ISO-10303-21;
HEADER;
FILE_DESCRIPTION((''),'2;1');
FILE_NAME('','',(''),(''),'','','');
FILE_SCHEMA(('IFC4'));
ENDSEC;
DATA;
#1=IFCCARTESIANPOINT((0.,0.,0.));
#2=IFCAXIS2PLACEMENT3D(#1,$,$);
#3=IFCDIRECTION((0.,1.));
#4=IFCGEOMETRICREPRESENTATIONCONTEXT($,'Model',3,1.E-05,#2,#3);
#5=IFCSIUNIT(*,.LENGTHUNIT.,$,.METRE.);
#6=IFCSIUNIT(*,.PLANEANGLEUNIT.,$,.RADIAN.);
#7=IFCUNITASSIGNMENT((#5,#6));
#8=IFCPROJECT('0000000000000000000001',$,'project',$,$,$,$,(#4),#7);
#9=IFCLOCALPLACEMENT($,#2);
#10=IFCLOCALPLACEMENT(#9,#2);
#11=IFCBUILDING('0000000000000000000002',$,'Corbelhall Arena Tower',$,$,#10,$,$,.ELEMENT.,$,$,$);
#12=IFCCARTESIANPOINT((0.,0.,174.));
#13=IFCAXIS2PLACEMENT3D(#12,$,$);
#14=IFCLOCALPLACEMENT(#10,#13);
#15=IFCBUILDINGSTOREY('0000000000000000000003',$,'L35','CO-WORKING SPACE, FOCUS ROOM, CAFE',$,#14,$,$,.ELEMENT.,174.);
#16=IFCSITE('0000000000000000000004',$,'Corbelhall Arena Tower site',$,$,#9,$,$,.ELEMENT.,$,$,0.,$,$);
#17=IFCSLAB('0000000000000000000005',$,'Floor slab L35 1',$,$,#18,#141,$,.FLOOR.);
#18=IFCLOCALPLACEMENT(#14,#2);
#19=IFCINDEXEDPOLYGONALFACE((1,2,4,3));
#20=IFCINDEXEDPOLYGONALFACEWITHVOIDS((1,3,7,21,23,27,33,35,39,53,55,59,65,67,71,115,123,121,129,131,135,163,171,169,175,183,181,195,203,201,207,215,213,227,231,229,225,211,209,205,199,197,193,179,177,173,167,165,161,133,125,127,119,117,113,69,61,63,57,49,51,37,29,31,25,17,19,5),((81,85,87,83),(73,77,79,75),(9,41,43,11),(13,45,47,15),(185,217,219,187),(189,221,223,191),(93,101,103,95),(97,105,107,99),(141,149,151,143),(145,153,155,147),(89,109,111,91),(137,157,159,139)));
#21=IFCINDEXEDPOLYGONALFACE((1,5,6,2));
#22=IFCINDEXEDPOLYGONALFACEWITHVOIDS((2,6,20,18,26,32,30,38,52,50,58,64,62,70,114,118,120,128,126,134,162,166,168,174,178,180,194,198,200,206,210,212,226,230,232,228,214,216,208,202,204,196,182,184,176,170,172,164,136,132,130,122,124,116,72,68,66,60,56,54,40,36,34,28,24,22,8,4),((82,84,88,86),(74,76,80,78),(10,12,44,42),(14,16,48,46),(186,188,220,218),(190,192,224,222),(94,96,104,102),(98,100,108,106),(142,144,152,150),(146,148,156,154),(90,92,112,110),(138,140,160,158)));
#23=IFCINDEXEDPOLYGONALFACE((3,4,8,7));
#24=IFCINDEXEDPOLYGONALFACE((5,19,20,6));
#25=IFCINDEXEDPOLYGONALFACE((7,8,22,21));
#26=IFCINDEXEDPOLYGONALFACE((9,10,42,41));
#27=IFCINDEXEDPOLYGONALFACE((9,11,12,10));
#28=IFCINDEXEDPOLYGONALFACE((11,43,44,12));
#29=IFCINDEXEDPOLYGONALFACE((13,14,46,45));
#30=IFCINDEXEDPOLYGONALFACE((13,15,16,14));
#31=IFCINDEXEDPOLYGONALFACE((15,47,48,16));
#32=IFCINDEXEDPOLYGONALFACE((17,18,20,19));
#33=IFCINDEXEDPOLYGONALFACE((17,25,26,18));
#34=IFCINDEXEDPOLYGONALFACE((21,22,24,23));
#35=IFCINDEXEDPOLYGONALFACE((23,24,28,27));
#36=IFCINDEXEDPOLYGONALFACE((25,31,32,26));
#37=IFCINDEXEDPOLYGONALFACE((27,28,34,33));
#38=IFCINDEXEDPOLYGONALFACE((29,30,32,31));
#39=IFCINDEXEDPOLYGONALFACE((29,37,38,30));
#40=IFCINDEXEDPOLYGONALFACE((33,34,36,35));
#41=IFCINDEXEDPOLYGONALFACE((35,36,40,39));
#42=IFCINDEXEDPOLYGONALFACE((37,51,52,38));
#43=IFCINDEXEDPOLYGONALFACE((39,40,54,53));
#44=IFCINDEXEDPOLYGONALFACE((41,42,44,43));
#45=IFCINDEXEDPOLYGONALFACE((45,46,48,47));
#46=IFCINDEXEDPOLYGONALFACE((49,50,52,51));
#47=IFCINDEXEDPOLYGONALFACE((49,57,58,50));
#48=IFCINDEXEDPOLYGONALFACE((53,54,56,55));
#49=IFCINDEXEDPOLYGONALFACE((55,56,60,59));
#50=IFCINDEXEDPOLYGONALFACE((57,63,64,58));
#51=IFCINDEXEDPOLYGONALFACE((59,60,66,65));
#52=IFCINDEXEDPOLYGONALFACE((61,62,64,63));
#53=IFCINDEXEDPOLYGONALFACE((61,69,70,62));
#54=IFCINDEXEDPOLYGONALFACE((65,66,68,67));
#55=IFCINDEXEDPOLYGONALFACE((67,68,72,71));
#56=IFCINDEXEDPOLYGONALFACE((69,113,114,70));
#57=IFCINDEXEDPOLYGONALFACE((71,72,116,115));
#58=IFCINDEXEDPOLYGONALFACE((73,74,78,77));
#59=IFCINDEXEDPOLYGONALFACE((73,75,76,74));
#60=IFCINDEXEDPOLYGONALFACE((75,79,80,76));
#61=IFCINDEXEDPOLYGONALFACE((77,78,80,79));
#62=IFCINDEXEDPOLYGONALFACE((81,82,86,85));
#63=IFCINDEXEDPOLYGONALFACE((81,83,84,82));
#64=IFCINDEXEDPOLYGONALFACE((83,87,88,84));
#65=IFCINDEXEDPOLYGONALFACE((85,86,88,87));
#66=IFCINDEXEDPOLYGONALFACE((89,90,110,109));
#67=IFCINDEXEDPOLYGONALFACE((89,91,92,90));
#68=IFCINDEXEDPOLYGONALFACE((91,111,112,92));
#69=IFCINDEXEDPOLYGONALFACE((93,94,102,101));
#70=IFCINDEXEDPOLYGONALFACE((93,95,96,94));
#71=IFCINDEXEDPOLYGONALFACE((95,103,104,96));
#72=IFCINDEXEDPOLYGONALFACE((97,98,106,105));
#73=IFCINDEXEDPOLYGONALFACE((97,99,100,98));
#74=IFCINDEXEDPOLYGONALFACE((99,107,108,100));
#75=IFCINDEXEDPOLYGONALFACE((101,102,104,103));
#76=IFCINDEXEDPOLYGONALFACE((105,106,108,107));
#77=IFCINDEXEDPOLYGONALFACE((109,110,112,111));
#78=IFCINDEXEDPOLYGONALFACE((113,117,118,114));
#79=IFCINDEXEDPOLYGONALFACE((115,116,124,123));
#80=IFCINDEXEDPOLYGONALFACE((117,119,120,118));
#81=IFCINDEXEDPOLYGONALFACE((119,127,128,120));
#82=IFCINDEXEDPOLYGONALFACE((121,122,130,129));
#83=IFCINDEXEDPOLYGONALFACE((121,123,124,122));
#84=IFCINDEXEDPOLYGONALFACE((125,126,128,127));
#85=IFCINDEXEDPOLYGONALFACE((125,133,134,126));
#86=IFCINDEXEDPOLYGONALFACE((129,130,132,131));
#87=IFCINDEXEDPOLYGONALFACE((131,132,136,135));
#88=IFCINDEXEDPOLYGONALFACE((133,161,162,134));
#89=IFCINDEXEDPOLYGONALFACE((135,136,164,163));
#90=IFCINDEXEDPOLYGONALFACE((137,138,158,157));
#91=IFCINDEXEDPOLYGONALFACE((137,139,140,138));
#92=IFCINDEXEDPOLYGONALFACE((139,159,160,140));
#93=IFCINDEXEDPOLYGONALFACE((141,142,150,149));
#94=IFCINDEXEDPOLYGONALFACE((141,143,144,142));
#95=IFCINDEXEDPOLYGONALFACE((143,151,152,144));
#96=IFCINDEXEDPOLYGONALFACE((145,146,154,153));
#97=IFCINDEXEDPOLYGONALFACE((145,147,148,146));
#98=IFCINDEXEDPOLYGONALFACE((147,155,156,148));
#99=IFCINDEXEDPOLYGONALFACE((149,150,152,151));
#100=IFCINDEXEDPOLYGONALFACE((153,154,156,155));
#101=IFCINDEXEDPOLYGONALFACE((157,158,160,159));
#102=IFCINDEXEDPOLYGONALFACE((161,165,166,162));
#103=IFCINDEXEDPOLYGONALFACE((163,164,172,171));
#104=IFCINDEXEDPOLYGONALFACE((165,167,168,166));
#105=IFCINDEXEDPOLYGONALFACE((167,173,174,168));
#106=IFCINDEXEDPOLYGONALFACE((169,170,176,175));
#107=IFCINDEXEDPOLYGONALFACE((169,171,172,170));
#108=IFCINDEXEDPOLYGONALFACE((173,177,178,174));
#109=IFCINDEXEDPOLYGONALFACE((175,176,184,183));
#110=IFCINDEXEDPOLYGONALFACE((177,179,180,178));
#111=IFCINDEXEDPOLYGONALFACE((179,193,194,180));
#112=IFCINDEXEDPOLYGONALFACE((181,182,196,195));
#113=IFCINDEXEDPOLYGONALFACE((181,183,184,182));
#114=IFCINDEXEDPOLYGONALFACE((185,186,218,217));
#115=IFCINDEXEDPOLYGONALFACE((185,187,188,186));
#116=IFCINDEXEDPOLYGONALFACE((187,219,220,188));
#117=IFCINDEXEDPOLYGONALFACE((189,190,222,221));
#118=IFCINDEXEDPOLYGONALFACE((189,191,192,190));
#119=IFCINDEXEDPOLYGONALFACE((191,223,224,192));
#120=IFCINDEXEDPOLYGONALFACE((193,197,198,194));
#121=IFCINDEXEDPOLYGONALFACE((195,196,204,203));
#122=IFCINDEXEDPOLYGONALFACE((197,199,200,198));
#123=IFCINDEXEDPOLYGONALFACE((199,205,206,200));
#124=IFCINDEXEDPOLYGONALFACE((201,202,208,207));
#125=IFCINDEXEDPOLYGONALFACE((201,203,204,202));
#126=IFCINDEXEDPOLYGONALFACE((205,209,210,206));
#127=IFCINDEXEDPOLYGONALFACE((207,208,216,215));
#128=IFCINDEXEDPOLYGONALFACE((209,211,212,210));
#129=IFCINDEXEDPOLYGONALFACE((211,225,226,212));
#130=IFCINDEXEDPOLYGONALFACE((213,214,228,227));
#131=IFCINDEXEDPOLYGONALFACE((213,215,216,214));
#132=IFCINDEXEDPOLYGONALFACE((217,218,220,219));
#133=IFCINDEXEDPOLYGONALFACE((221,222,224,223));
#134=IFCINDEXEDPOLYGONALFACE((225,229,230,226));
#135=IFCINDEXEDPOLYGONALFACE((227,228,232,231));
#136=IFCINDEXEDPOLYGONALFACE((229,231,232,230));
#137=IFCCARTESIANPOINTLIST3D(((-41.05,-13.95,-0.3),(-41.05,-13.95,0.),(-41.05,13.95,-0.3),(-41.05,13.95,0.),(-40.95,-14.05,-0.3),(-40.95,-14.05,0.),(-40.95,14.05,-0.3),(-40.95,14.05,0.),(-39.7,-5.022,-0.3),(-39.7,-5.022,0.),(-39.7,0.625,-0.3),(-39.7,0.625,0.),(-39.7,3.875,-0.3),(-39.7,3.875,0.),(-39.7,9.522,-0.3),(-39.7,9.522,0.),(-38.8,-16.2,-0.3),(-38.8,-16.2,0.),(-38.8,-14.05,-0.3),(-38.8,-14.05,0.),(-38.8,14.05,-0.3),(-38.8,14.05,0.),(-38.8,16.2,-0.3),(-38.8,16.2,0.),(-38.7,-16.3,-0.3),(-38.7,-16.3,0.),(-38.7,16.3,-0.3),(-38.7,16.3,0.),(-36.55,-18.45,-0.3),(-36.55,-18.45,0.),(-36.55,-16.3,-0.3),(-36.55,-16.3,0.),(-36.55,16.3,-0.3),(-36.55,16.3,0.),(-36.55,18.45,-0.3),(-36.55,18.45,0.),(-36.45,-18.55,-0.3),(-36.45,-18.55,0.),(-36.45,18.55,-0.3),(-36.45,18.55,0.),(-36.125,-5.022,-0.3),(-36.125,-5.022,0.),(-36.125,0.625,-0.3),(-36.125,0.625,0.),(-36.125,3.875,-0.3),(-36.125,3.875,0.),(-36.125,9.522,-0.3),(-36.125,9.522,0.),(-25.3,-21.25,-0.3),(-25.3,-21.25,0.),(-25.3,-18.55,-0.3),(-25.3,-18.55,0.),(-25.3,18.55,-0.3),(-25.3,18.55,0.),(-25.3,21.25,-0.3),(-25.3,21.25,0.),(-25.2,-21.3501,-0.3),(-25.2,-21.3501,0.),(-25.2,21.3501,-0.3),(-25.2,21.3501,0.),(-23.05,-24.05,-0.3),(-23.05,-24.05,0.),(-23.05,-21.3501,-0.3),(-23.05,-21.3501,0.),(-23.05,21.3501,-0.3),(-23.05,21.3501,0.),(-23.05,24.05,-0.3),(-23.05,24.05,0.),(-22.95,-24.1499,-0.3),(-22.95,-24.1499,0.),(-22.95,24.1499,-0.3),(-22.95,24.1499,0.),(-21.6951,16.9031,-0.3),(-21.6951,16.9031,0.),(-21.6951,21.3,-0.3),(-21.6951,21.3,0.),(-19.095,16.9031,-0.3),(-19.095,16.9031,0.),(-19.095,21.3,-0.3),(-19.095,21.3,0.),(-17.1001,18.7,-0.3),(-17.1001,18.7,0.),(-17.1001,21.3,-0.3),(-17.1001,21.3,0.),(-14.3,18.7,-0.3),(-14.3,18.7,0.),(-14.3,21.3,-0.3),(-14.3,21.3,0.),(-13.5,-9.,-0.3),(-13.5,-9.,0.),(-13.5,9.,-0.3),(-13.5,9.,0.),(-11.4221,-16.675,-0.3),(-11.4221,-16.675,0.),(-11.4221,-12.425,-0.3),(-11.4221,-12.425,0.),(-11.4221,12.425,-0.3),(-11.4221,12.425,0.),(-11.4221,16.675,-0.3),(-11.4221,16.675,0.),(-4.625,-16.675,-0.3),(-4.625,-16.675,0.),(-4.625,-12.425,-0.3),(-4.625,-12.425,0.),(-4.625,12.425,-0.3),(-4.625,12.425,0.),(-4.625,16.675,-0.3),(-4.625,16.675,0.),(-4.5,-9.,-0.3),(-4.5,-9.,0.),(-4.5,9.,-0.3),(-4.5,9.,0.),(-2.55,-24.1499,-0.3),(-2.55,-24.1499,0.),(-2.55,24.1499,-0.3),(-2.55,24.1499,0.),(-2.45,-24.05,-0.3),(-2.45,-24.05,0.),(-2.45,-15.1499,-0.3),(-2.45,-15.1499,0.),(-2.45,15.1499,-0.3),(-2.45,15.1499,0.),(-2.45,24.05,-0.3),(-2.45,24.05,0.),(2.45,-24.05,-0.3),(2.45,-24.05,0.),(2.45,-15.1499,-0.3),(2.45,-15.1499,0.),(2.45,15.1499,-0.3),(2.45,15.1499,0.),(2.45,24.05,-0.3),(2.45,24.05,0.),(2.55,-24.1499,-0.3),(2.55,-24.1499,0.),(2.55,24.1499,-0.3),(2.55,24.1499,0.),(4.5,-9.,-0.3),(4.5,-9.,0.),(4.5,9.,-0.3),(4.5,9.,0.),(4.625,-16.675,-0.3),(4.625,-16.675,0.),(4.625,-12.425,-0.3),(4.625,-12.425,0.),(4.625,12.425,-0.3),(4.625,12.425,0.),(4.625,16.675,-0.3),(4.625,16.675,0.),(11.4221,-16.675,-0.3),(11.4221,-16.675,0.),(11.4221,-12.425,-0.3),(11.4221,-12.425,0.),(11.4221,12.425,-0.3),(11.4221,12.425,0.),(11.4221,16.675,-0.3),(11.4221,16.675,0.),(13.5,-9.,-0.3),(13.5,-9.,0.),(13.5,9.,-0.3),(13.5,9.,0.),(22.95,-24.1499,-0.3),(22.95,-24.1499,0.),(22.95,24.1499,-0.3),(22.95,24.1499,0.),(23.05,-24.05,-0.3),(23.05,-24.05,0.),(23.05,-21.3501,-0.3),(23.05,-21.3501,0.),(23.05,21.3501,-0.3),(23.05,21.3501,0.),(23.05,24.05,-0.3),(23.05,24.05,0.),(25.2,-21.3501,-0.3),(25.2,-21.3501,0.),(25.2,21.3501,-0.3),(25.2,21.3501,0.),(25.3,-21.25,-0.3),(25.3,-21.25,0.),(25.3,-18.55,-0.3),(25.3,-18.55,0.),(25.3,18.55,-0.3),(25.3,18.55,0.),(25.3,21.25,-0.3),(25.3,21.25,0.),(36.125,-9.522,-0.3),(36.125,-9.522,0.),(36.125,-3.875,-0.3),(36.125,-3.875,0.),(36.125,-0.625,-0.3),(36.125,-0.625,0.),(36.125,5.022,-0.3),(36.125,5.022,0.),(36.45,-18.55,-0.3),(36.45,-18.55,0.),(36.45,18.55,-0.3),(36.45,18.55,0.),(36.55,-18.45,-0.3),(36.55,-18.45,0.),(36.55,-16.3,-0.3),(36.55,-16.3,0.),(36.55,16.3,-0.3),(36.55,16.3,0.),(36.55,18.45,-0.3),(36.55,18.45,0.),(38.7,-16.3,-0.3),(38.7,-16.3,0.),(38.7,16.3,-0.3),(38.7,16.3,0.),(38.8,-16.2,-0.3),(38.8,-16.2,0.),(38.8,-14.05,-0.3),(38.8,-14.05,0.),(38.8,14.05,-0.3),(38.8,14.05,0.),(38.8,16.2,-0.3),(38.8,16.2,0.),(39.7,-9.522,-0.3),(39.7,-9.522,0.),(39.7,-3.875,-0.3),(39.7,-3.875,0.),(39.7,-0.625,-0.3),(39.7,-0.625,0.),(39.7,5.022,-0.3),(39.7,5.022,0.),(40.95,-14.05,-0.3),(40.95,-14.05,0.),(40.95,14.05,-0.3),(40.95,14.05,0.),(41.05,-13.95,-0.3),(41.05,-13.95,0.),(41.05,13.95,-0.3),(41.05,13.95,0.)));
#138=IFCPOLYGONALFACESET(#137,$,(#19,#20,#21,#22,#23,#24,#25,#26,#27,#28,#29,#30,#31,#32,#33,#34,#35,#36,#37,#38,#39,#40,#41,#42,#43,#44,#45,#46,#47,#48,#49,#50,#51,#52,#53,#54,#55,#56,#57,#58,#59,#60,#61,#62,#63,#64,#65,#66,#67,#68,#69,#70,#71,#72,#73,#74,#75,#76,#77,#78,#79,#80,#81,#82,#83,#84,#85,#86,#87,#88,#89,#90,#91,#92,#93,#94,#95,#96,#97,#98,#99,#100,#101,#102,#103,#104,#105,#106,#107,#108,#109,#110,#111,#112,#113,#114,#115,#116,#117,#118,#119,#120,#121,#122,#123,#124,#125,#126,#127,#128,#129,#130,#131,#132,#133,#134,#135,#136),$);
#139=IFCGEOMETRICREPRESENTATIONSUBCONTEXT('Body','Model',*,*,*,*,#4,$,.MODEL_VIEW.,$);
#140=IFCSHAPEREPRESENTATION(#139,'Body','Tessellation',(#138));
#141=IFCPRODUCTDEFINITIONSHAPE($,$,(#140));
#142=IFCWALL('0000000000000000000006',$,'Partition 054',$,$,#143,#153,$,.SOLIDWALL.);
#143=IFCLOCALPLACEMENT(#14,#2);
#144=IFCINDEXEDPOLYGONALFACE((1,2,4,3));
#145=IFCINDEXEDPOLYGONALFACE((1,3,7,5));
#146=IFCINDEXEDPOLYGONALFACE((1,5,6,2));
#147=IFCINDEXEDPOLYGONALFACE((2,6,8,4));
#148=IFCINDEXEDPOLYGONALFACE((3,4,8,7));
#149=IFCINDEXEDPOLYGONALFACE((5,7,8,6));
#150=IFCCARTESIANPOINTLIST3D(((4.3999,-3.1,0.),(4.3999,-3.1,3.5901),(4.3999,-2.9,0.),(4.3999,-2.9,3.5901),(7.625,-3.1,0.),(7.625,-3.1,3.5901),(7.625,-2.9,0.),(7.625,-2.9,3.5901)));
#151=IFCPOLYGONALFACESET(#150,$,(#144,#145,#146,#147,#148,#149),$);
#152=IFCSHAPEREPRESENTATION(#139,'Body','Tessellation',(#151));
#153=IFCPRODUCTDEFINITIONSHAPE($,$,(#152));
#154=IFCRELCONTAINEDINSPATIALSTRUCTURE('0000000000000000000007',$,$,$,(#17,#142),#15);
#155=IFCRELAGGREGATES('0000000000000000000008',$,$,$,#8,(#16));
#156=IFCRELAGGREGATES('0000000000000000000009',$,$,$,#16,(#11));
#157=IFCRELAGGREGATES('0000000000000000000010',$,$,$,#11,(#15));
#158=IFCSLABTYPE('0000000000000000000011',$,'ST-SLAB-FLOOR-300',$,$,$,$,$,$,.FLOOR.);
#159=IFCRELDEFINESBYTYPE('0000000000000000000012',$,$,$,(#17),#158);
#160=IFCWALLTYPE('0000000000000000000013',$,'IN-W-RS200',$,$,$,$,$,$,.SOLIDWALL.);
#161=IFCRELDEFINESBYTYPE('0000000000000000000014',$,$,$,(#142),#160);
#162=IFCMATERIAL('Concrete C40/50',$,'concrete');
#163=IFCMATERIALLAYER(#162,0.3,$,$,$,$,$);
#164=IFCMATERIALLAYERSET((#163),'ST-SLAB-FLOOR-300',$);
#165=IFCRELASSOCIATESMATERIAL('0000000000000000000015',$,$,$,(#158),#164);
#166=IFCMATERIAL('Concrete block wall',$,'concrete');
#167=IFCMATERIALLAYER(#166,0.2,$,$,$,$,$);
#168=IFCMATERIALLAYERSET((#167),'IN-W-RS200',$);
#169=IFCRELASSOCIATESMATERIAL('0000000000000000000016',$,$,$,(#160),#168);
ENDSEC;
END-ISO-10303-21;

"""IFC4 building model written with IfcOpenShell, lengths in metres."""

from ifc_helpers import new_model, si_unit, direction, frame, frame_2d, origin, place, context, subcontext, project, spatial, polyline, rectangle, outline, extrude, material, layer, layer_set, type_object, element, save


model = new_model("IFC4")

# Units and contexts
model_context = context("Model", 3, precision=1e-05, world=origin(), true_north=direction((0.0, 1.0)))
body_context = subcontext(model_context, "Body", "Model", "MODEL_VIEW")
ifc_project = project(units=[si_unit("LENGTHUNIT", "METRE"), si_unit("PLANEANGLEUNIT", "RADIAN")], contexts=[model_context])

# Site, building, storey
site_placement = place(None, origin())
site = spatial("IfcSite", under=ifc_project, at=site_placement, Name="Corbelhall Arena Tower site", CompositionType="ELEMENT", RefElevation=0.0)
building_placement = place(site_placement, origin())
building = spatial("IfcBuilding", under=site, at=building_placement, Name="Corbelhall Arena Tower", CompositionType="ELEMENT")
storey_placement = place(building_placement, frame((0.0, 0.0, 174.0)))
storey = spatial("IfcBuildingStorey", under=building, at=storey_placement, Name="L35", Description="CO-WORKING SPACE, FOCUS ROOM, CAFE", CompositionType="ELEMENT", Elevation=174.0)

# Shared definitions
ifc_material_1 = material(Name="Concrete C40/50", Category="concrete")

# Slab
ifc_layer_1 = layer(ifc_material_1, 0.3)
ifc_layer_set_1 = layer_set([ifc_layer_1], Name="ST-SLAB-FLOOR-300")
slab_type_1 = type_object("IfcSlabType", Name="ST-SLAB-FLOOR-300", PredefinedType="FLOOR", material=ifc_layer_set_1)
slab_1_placement = place(storey_placement, frame((0.0, 0.0, -0.3)))
element("IfcSlab", 1, at=slab_1_placement, inside=storey, type_object=slab_type_1, Name="Floor slab L35 1", PredefinedType="FLOOR", context=body_context, shape_type="SweptSolid", body=[
    extrude(outline(polyline([(25.3, 18.55), (25.3, 21.25), (25.2, 21.3501), (23.05, 21.3501), (23.05, 24.05), (22.95, 24.1499), (2.55, 24.1499), (2.45, 24.05), (2.45, 15.1499), (-2.45, 15.1499), (-2.45, 24.05), (-2.55, 24.1499), (-22.95, 24.1499), (-23.05, 24.05), (-23.05, 21.3501), (-25.2, 21.3501), (-25.3, 21.25), (-25.3, 18.55), (-36.45, 18.55), (-36.55, 18.45), (-36.55, 16.3), (-38.7, 16.3), (-38.8, 16.2), (-38.8, 14.05), (-40.95, 14.05), (-41.05, 13.95), (-41.05, -13.95), (-40.95, -14.05), (-38.8, -14.05), (-38.8, -16.2), (-38.7, -16.3), (-36.55, -16.3), (-36.55, -18.45), (-36.45, -18.55), (-25.3, -18.55), (-25.3, -21.25), (-25.2, -21.3501), (-23.05, -21.3501), (-23.05, -24.05), (-22.95, -24.1499), (-2.55, -24.1499), (-2.45, -24.05), (-2.45, -15.1499), (2.45, -15.1499), (2.45, -24.05), (2.55, -24.1499), (22.95, -24.1499), (23.05, -24.05), (23.05, -21.3501), (25.2, -21.3501), (25.3, -21.25), (25.3, -18.55), (36.45, -18.55), (36.55, -18.45), (36.55, -16.3), (38.7, -16.3), (38.8, -16.2), (38.8, -14.05), (40.95, -14.05), (41.05, -13.95), (41.05, 13.95), (40.95, 14.05), (38.8, 14.05), (38.8, 16.2), (38.7, 16.3), (36.55, 16.3), (36.55, 18.45), (36.45, 18.55), (25.3, 18.55)]), holes=[polyline([(-13.5, 9.0), (-13.5, -9.0), (-4.5, -9.0), (-4.5, 9.0), (-13.5, 9.0)]), polyline([(4.5, 9.0), (4.5, -9.0), (13.5, -9.0), (13.5, 9.0), (4.5, 9.0)]), polyline([(-4.625, 16.675), (-11.4221, 16.675), (-11.4221, 12.425), (-4.625, 12.425), (-4.625, 16.675)]), polyline([(-4.625, -16.675), (-4.625, -12.425), (-11.4221, -12.425), (-11.4221, -16.675), (-4.625, -16.675)]), polyline([(11.4221, 16.675), (4.625, 16.675), (4.625, 12.425), (11.4221, 12.425), (11.4221, 16.675)]), polyline([(11.4221, -16.675), (11.4221, -12.425), (4.625, -12.425), (4.625, -16.675), (11.4221, -16.675)]), polyline([(-36.125, 3.875), (-36.125, 9.522), (-39.7, 9.522), (-39.7, 3.875), (-36.125, 3.875)]), polyline([(-36.125, 0.625), (-39.7, 0.625), (-39.7, -5.022), (-36.125, -5.022), (-36.125, 0.625)]), polyline([(39.7, -9.522), (39.7, -3.875), (36.125, -3.875), (36.125, -9.522), (39.7, -9.522)]), polyline([(39.7, 5.022), (36.125, 5.022), (36.125, -0.625), (39.7, -0.625), (39.7, 5.022)]), polyline([(-21.6951, 21.3), (-21.6951, 16.9031), (-19.095, 16.9031), (-19.095, 21.3), (-21.6951, 21.3)]), polyline([(-14.3, 21.3), (-17.1001, 21.3), (-17.1001, 18.7), (-14.3, 18.7), (-14.3, 21.3)])]), origin(), (0.0, 0.0, 1.0), 0.3),
])

# Wall
ifc_material_2 = material(Name="Concrete block wall", Category="concrete")
ifc_layer_2 = layer(ifc_material_2, 0.2)
ifc_layer_set_2 = layer_set([ifc_layer_2], Name="IN-W-RS200")
wall_type_1 = type_object("IfcWallType", Name="IN-W-RS200", PredefinedType="SOLIDWALL", material=ifc_layer_set_2)
wall_1_placement = place(storey_placement, frame((4.3999, -3.0, 0.0), z_axis=(0.0, 0.0, 1.0), x_axis=(1.0, 0.0, 0.0)))
element("IfcWall", 2, at=wall_1_placement, inside=storey, type_object=wall_type_1, Name="Partition 054", PredefinedType="SOLIDWALL", context=body_context, shape_type="SweptSolid", body=[
    extrude(rectangle(XDim=3.2251, YDim=0.2, at=frame_2d((1.6125, 0.0))), origin(), (0.0, 0.0, 1.0), 3.5901),
])

save(model, "model.ifc")
